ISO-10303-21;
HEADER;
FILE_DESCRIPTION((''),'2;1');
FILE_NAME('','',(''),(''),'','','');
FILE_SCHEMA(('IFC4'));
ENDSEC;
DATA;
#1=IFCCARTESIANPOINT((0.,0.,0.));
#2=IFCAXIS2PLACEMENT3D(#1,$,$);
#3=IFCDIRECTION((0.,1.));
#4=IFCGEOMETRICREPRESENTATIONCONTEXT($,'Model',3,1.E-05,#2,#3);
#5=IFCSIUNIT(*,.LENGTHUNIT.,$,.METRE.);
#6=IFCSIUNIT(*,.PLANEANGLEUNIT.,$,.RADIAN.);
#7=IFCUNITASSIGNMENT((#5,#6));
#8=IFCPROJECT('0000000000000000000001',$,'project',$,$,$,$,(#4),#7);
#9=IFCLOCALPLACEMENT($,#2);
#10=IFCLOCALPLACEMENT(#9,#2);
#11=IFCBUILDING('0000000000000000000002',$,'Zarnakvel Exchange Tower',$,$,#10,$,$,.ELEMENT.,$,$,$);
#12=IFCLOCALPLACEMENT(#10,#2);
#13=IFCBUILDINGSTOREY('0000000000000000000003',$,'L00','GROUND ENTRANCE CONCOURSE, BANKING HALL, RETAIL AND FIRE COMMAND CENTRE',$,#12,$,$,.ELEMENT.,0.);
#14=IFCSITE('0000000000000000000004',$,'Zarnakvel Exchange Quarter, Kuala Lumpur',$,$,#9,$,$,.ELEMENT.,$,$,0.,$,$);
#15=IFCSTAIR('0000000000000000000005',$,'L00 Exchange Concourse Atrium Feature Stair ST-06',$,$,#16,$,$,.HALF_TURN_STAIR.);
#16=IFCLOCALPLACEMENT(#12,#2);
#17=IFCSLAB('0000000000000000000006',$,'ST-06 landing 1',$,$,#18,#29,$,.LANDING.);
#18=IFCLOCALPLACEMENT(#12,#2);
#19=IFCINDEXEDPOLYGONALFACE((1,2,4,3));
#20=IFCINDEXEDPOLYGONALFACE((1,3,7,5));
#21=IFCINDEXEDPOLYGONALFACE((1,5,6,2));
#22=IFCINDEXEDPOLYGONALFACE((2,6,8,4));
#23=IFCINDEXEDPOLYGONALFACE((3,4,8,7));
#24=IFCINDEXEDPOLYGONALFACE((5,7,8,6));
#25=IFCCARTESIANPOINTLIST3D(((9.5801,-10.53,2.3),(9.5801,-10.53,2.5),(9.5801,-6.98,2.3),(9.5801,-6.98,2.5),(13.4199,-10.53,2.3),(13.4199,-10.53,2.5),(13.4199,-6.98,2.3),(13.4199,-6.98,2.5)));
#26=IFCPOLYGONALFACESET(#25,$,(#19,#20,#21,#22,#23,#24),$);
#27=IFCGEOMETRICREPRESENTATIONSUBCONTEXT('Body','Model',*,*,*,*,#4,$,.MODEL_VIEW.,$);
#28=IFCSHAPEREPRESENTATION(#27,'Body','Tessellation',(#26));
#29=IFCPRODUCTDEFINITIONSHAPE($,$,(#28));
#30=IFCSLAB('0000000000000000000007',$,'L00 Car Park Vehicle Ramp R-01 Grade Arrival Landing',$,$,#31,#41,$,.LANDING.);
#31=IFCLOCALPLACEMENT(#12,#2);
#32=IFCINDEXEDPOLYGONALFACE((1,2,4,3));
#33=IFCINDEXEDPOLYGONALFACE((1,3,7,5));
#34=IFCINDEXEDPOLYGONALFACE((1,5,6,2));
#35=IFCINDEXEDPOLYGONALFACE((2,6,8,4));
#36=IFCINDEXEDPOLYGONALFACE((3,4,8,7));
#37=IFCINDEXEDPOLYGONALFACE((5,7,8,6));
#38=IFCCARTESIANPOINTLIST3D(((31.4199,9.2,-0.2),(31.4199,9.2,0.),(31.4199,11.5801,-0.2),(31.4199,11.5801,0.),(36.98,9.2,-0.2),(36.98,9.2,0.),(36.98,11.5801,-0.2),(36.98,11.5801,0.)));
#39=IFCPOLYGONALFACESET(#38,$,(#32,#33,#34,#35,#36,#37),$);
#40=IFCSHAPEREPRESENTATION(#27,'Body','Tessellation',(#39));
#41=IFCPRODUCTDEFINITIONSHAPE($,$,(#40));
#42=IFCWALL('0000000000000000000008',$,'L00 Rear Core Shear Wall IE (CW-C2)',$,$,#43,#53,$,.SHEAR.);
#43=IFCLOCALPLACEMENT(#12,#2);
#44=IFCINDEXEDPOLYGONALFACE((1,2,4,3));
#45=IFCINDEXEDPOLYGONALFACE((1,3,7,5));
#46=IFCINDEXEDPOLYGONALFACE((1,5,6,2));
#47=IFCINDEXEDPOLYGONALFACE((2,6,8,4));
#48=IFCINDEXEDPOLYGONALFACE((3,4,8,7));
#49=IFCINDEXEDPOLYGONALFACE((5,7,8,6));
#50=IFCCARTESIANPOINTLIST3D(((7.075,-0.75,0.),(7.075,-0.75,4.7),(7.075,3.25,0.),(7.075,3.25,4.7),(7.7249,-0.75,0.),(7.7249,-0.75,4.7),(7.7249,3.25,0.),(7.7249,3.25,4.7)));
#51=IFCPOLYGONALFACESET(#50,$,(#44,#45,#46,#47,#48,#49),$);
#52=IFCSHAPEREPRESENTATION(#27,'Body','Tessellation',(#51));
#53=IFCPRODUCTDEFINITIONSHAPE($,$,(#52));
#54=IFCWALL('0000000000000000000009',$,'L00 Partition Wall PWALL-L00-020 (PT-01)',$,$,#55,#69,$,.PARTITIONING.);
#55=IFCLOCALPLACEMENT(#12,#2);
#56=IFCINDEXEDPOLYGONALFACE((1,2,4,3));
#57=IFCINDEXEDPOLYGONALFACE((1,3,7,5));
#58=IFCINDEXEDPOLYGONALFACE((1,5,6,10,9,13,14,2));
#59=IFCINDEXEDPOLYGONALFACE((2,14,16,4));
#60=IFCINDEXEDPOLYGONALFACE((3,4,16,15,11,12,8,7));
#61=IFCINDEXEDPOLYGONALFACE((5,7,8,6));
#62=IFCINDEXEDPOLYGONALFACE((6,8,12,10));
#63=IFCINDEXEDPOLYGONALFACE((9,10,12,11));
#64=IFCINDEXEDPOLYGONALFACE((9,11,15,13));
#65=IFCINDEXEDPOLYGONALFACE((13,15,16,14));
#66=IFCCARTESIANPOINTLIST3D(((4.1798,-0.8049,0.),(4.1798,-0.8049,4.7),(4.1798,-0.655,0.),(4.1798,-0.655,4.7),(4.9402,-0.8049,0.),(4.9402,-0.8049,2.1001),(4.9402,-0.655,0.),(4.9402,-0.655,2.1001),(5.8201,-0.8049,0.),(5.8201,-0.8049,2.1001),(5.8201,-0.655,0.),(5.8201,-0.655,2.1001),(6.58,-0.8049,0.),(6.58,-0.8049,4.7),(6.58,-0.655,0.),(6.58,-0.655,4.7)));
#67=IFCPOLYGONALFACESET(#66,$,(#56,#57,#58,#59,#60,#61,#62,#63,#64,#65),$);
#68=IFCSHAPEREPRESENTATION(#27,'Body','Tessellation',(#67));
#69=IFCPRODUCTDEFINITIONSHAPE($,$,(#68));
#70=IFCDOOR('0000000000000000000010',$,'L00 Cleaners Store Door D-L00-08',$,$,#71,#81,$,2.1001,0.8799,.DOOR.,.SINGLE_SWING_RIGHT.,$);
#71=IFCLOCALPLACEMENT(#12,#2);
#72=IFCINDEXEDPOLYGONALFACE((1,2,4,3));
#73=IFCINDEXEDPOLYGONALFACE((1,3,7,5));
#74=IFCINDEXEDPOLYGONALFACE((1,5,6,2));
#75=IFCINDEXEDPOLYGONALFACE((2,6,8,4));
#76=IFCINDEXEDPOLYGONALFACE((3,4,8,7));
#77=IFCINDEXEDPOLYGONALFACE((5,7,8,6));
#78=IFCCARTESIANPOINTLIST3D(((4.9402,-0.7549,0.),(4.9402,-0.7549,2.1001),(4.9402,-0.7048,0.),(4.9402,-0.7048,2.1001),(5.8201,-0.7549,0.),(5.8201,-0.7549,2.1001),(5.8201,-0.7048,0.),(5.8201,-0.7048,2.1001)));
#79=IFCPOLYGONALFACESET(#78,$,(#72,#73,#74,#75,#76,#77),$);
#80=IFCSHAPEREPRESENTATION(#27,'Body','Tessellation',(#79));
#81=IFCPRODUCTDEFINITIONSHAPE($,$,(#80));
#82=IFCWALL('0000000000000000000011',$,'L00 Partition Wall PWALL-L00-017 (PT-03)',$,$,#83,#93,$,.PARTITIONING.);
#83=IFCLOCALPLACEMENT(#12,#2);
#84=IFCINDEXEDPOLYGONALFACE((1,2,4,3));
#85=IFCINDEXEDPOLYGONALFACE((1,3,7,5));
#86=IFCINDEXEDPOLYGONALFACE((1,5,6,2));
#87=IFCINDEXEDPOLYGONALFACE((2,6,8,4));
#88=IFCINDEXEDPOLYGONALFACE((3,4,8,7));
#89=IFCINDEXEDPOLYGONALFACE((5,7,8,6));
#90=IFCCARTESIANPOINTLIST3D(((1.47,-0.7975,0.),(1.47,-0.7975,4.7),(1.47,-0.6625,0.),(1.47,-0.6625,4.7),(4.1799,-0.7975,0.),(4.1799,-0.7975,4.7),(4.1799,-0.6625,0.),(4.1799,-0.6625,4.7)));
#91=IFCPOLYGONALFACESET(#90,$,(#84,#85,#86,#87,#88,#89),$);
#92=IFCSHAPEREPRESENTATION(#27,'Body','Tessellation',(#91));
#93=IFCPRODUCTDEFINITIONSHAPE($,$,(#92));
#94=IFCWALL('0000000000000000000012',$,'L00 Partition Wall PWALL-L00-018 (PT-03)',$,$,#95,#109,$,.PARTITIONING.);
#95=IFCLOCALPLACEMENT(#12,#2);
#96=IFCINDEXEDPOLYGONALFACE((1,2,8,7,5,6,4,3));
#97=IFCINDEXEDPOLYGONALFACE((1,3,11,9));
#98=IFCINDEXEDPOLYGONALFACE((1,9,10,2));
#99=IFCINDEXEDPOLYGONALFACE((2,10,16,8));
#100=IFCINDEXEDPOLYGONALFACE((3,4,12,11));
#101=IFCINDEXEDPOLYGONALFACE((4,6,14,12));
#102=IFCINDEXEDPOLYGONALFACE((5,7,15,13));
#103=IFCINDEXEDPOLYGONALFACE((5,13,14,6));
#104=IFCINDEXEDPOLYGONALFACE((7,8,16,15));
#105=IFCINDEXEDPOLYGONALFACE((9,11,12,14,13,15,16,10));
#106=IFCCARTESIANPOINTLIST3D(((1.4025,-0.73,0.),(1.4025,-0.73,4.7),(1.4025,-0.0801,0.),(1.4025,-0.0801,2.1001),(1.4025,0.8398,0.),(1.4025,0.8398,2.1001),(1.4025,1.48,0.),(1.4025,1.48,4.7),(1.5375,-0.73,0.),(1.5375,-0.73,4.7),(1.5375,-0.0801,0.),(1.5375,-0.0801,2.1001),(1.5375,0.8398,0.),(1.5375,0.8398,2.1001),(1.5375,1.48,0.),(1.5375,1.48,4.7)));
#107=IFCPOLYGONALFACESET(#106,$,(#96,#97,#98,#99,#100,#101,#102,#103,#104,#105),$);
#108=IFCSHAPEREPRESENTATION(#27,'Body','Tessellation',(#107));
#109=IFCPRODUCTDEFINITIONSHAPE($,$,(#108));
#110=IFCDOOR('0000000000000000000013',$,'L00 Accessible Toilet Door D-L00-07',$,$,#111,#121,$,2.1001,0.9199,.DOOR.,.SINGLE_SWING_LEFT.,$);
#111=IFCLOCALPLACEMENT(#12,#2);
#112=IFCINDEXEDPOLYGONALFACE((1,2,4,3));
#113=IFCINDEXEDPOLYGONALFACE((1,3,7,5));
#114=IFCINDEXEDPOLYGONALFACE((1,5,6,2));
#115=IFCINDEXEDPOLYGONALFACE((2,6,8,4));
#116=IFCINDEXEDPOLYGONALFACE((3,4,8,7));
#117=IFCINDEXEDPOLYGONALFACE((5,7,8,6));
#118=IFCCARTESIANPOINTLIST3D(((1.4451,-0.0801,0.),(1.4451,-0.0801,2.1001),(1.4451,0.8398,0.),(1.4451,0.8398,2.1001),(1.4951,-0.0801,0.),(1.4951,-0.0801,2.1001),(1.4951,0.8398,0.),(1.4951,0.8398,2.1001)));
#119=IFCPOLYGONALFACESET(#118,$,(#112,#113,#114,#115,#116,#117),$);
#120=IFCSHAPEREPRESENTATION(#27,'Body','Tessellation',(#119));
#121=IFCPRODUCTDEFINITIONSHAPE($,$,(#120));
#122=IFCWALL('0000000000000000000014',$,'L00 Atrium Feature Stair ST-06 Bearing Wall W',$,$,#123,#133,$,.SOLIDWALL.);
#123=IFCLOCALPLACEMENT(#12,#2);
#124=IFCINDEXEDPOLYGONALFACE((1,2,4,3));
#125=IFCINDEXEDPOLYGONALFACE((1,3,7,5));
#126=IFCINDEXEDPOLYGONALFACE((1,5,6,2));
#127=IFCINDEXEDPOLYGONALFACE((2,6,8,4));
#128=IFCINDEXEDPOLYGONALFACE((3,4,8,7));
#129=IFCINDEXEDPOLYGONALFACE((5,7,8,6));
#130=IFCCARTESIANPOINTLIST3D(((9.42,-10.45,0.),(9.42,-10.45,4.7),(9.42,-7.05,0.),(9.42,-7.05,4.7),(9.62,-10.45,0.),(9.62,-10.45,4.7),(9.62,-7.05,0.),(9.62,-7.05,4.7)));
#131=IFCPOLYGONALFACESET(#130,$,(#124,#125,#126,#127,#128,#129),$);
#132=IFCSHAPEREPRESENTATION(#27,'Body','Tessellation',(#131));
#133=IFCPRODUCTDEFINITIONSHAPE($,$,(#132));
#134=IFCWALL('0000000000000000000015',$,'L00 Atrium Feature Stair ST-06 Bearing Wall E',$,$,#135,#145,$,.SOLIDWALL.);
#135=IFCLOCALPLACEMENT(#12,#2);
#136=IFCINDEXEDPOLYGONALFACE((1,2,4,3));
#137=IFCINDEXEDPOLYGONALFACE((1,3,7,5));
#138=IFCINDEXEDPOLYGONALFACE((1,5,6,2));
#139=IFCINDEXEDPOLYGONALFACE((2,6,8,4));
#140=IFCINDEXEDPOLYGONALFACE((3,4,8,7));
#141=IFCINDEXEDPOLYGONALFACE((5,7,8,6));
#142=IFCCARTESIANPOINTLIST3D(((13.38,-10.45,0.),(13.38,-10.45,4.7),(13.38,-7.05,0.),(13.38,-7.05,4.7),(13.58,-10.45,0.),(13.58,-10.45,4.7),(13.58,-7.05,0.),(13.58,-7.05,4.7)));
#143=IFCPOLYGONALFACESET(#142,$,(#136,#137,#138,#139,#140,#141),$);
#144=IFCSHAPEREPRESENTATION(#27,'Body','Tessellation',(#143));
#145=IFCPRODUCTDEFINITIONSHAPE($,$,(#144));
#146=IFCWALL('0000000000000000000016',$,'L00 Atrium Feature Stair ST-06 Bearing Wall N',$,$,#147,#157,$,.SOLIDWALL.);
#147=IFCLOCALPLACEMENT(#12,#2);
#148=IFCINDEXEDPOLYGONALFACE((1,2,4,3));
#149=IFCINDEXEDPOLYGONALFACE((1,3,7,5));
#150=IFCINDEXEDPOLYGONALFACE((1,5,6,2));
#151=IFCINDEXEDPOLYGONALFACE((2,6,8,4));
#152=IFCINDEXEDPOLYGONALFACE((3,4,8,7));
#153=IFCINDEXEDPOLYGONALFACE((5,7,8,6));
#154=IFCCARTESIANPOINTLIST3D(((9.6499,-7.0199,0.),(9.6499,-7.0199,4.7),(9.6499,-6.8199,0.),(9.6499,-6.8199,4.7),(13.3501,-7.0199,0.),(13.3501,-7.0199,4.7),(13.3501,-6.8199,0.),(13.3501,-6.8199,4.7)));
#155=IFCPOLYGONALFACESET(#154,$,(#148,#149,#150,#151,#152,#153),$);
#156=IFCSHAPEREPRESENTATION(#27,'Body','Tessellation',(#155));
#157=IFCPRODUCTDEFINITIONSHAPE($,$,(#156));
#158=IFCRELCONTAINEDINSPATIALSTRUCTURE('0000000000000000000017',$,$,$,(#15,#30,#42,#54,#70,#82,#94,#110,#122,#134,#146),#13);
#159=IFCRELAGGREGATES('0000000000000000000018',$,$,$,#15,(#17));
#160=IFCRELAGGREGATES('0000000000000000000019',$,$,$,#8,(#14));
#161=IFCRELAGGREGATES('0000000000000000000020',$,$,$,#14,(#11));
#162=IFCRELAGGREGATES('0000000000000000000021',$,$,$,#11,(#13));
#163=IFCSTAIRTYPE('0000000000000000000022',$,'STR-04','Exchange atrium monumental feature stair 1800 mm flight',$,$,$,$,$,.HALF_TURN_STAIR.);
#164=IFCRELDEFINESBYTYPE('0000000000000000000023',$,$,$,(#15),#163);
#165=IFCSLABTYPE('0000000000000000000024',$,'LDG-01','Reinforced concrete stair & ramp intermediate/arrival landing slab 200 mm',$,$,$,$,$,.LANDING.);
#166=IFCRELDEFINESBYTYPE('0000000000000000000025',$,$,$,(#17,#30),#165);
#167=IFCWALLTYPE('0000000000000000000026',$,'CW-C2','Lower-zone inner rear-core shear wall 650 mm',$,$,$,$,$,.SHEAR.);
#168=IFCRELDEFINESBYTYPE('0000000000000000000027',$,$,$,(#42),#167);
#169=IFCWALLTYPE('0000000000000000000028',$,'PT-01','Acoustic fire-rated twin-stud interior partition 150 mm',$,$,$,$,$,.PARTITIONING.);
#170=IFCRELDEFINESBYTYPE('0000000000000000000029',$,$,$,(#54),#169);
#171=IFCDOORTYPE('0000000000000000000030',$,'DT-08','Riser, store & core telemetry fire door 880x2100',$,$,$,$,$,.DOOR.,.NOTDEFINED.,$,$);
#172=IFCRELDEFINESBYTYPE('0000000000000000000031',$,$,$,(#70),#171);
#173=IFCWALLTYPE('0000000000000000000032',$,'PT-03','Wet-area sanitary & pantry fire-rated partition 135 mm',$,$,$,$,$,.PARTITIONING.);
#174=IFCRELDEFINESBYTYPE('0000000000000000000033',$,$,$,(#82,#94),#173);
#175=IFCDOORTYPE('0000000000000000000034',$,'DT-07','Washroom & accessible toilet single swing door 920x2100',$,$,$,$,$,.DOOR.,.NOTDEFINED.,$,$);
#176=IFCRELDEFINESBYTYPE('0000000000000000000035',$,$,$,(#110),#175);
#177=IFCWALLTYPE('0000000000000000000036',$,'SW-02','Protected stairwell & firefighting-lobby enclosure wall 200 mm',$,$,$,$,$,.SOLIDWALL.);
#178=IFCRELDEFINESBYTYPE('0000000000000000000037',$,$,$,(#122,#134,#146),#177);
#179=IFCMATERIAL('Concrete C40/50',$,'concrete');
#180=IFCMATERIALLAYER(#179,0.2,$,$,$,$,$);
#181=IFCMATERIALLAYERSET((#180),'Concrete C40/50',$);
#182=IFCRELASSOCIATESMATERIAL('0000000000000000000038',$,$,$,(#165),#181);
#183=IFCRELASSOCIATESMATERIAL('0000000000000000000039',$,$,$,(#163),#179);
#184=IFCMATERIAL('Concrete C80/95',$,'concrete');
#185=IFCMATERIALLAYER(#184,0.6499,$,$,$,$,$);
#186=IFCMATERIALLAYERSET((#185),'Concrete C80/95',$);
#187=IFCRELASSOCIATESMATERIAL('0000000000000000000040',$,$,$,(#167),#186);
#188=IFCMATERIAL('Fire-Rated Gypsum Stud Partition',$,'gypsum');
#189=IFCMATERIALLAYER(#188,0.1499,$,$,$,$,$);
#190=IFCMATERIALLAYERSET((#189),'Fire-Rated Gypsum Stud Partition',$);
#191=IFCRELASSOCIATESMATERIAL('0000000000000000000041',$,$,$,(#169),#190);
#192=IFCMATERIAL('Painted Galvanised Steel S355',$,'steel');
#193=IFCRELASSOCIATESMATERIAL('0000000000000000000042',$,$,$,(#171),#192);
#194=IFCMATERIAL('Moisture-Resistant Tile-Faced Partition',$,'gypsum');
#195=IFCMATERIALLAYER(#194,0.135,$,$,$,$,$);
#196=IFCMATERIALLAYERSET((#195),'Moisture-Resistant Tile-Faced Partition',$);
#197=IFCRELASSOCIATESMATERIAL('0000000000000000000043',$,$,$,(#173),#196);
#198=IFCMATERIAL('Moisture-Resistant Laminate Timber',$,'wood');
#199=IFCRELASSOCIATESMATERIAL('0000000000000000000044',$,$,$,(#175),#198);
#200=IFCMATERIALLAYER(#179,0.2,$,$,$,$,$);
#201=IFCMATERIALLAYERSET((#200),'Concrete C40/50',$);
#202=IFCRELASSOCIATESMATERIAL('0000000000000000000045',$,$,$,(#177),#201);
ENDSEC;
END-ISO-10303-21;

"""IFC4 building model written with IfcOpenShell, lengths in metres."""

from ifc_helpers import new_model, si_unit, direction, frame, frame_2d, origin, place, context, subcontext, project, spatial, polyline, rectangle, outline, extrude, source, transform, mapped, material, layer, layer_set, type_object, element, fill, aggregate, save


model = new_model("IFC4")

# Units and contexts
model_context = context("Model", 3, precision=1e-05, world=origin(), true_north=direction((0.0, 1.0)))
body_context = subcontext(model_context, "Body", "Model", "MODEL_VIEW")
ifc_project = project(units=[si_unit("LENGTHUNIT", "METRE"), si_unit("PLANEANGLEUNIT", "RADIAN")], contexts=[model_context])

# Site, building, storey
site_placement = place(None, origin())
site = spatial("IfcSite", under=ifc_project, at=site_placement, Name="Zarnakvel Exchange Quarter, Kuala Lumpur", CompositionType="ELEMENT", RefElevation=0.0)
building_placement = place(site_placement, origin())
building = spatial("IfcBuilding", under=site, at=building_placement, Name="Zarnakvel Exchange Tower", CompositionType="ELEMENT")
storey_placement = place(building_placement, origin())
storey = spatial("IfcBuildingStorey", under=building, at=storey_placement, Name="L00", Description="GROUND ENTRANCE CONCOURSE, BANKING HALL, RETAIL AND FIRE COMMAND CENTRE", CompositionType="ELEMENT", Elevation=0.0)

# Shared definitions
ifc_material_1 = material(Name="Concrete C80/95", Category="concrete")

# Shared definitions
ifc_material_2 = material(Name="Concrete C40/50", Category="concrete")

# Stair, slab
ifc_layer_1 = layer(ifc_material_2, 0.2)
ifc_layer_set_1 = layer_set([ifc_layer_1], Name="Concrete C40/50")
slab_type_1 = type_object("IfcSlabType", Name="LDG-01", Description="Reinforced concrete stair & ramp intermediate/arrival landing slab 200 mm", PredefinedType="LANDING", material=ifc_layer_set_1)
stair_type_1 = type_object("IfcStairType", Name="STR-04", Description="Exchange atrium monumental feature stair 1800 mm flight", PredefinedType="HALF_TURN_STAIR", material=ifc_material_2)
stair_1_placement = place(storey_placement, origin())
stair_1 = element("IfcStair", 1, at=stair_1_placement, inside=storey, type_object=stair_type_1, Name="L00 Exchange Concourse Atrium Feature Stair ST-06", PredefinedType="HALF_TURN_STAIR")
slab_1_placement = place(storey_placement, frame((0.0, 0.0, 2.3)))
slab_1 = element("IfcSlab", 2, at=slab_1_placement, type_object=slab_type_1, Name="ST-06 landing 1", PredefinedType="LANDING", context=body_context, shape_type="SweptSolid", body=[
    extrude(outline(polyline([(9.5801, -10.53), (13.4199, -10.53), (13.4199, -6.98), (9.5801, -6.98), (9.5801, -10.53)])), origin(), (0.0, 0.0, 1.0), 0.2),
])
aggregate(stair_1, [slab_1])

# Slab
slab_2_placement = place(storey_placement, frame((0.0, 0.0, -0.2)))
element("IfcSlab", 3, at=slab_2_placement, inside=storey, type_object=slab_type_1, Name="L00 Car Park Vehicle Ramp R-01 Grade Arrival Landing", PredefinedType="LANDING", context=body_context, shape_type="SweptSolid", body=[
    extrude(outline(polyline([(31.4199, 9.2), (36.98, 9.2), (36.98, 11.5801), (31.4199, 11.5801), (31.4199, 9.2)])), origin(), (0.0, 0.0, 1.0), 0.2),
])

# Shared definitions
ifc_material_3 = material(Name="Painted Galvanised Steel S355", Category="steel")

# Wall
ifc_layer_2 = layer(ifc_material_1, 0.6499)
ifc_layer_set_2 = layer_set([ifc_layer_2], Name="Concrete C80/95")
wall_type_1 = type_object("IfcWallType", Name="CW-C2", Description="Lower-zone inner rear-core shear wall 650 mm", PredefinedType="SHEAR", material=ifc_layer_set_2)
wall_1_placement = place(storey_placement, frame((7.3999, -0.75, 0.0), z_axis=(0.0, 0.0, 1.0), x_axis=(0.0, 1.0, 0.0)))
element("IfcWall", 4, at=wall_1_placement, inside=storey, type_object=wall_type_1, Name="L00 Rear Core Shear Wall IE (CW-C2)", PredefinedType="SHEAR", context=body_context, shape_type="SweptSolid", body=[
    extrude(rectangle(XDim=4.0, YDim=0.6499, at=frame_2d((2.0, 0.0))), origin(), (0.0, 0.0, 1.0), 4.7),
])

# Wall, opening, door
ifc_material_4 = material(Name="Fire-Rated Gypsum Stud Partition", Category="gypsum")
ifc_layer_3 = layer(ifc_material_4, 0.1499)
ifc_layer_set_3 = layer_set([ifc_layer_3], Name="Fire-Rated Gypsum Stud Partition")
wall_type_2 = type_object("IfcWallType", Name="PT-01", Description="Acoustic fire-rated twin-stud interior partition 150 mm", PredefinedType="PARTITIONING", material=ifc_layer_set_3)
wall_2_placement = place(storey_placement, frame((6.5801, -0.73, 0.0), z_axis=(0.0, 0.0, 1.0), x_axis=(-1.0, 0.0, 0.0)))
wall_2 = element("IfcWall", 5, at=wall_2_placement, inside=storey, type_object=wall_type_2, Name="L00 Partition Wall PWALL-L00-020 (PT-01)", PredefinedType="PARTITIONING", context=body_context, shape_type="SweptSolid", body=[
    extrude(rectangle(XDim=2.4001, YDim=0.1499, at=frame_2d((1.2002, 0.0))), origin(), (0.0, 0.0, 1.0), 4.7),
])
opening_1_placement = place(wall_2_placement, frame((0.76, 0.0, 0.0)))
opening_1 = element("IfcOpeningElement", 6, at=opening_1_placement, cuts=wall_2, PredefinedType="OPENING", context=body_context, shape_type="SweptSolid", body=[
    extrude(rectangle(XDim=0.8799, YDim=2.1001, at=frame_2d((0.4399, 1.05))), frame((0.0, 0.085, 0.0), z_axis=(0.0, -1.0, 0.0), x_axis=(1.0, 0.0, 0.0)), (0.0, 0.0, 1.0), 0.1699),
])
door_type_1 = type_object("IfcDoorType", Name="DT-08", Description="Riser, store & core telemetry fire door 880x2100", OperationType="NOTDEFINED", PredefinedType="DOOR", material=ifc_material_3)
shared_shape_1 = source(origin(), body_context, "Body", "SweptSolid", [
    extrude(rectangle(XDim=0.8799, YDim=2.1001, at=frame_2d((0.4399, 1.05))), frame((0.0, 0.0249, 0.0), z_axis=(0.0, -1.0, 0.0), x_axis=(1.0, 0.0, 0.0)), (0.0, 0.0, 1.0), 0.05),
])
door_1_placement = place(opening_1_placement, origin())
door_1 = element("IfcDoor", 7, at=door_1_placement, inside=storey, type_object=door_type_1, Name="L00 Cleaners Store Door D-L00-08", OperationType="SINGLE_SWING_RIGHT", OverallHeight=2.1001, OverallWidth=0.8799, PredefinedType="DOOR", context=body_context, shape_type="MappedRepresentation", body=[
    mapped(shared_shape_1, transform((0.0, 0.0, 0.0), x_axis=(1.0, 0.0, 0.0), y_axis=(0.0, 1.0, 0.0), z_axis=(0.0, 0.0, 1.0), scale=1.0)),
])
fill(opening_1, door_1)

# Wall
ifc_material_5 = material(Name="Moisture-Resistant Tile-Faced Partition", Category="gypsum")
ifc_layer_4 = layer(ifc_material_5, 0.135)
ifc_layer_set_4 = layer_set([ifc_layer_4], Name="Moisture-Resistant Tile-Faced Partition")
wall_type_3 = type_object("IfcWallType", Name="PT-03", Description="Wet-area sanitary & pantry fire-rated partition 135 mm", PredefinedType="PARTITIONING", material=ifc_layer_set_4)
wall_3_placement = place(storey_placement, frame((4.1799, -0.73, 0.0), z_axis=(0.0, 0.0, 1.0), x_axis=(-1.0, 0.0, 0.0)))
element("IfcWall", 8, at=wall_3_placement, inside=storey, type_object=wall_type_3, Name="L00 Partition Wall PWALL-L00-017 (PT-03)", PredefinedType="PARTITIONING", context=body_context, shape_type="SweptSolid", body=[
    extrude(rectangle(XDim=2.71, YDim=0.135, at=frame_2d((1.355, 0.0))), origin(), (0.0, 0.0, 1.0), 4.7),
])

# Wall, opening, door
wall_4_placement = place(storey_placement, frame((1.47, -0.73, 0.0), z_axis=(0.0, 0.0, 1.0), x_axis=(0.0, 1.0, 0.0)))
wall_4 = element("IfcWall", 9, at=wall_4_placement, inside=storey, type_object=wall_type_3, Name="L00 Partition Wall PWALL-L00-018 (PT-03)", PredefinedType="PARTITIONING", context=body_context, shape_type="SweptSolid", body=[
    extrude(rectangle(XDim=2.21, YDim=0.135, at=frame_2d((1.105, 0.0))), origin(), (0.0, 0.0, 1.0), 4.7),
])
opening_2_placement = place(wall_4_placement, frame((0.6499, 0.0, 0.0)))
opening_2 = element("IfcOpeningElement", 10, at=opening_2_placement, cuts=wall_4, PredefinedType="OPENING", context=body_context, shape_type="SweptSolid", body=[
    extrude(rectangle(XDim=0.9199, YDim=2.1001, at=frame_2d((0.46, 1.05))), frame((0.0, 0.0774, 0.0), z_axis=(0.0, -1.0, 0.0), x_axis=(1.0, 0.0, 0.0)), (0.0, 0.0, 1.0), 0.155),
])
ifc_material_6 = material(Name="Moisture-Resistant Laminate Timber", Category="wood")
door_type_2 = type_object("IfcDoorType", Name="DT-07", Description="Washroom & accessible toilet single swing door 920x2100", OperationType="NOTDEFINED", PredefinedType="DOOR", material=ifc_material_6)
shared_shape_2 = source(origin(), body_context, "Body", "SweptSolid", [
    extrude(rectangle(XDim=0.9199, YDim=2.1001, at=frame_2d((0.46, 1.05))), frame((0.0, 0.0249, 0.0), z_axis=(0.0, -1.0, 0.0), x_axis=(1.0, 0.0, 0.0)), (0.0, 0.0, 1.0), 0.05),
])
door_2_placement = place(opening_2_placement, origin())
door_2 = element("IfcDoor", 11, at=door_2_placement, inside=storey, type_object=door_type_2, Name="L00 Accessible Toilet Door D-L00-07", OperationType="SINGLE_SWING_LEFT", OverallHeight=2.1001, OverallWidth=0.9199, PredefinedType="DOOR", context=body_context, shape_type="MappedRepresentation", body=[
    mapped(shared_shape_2, transform((0.0, 0.0, 0.0), x_axis=(1.0, 0.0, 0.0), y_axis=(0.0, 1.0, 0.0), z_axis=(0.0, 0.0, 1.0), scale=1.0)),
])
fill(opening_2, door_2)

# Walls
ifc_layer_5 = layer(ifc_material_2, 0.2)
ifc_layer_set_5 = layer_set([ifc_layer_5], Name="Concrete C40/50")
wall_type_4 = type_object("IfcWallType", Name="SW-02", Description="Protected stairwell & firefighting-lobby enclosure wall 200 mm", PredefinedType="SOLIDWALL", material=ifc_layer_set_5)
for number, where, z_axis, x_axis, name in (
    (12, (9.52, -10.45, 0.0), (0.0, 0.0, 1.0), (0.0, 1.0, 0.0), "L00 Atrium Feature Stair ST-06 Bearing Wall W"),
    (13, (13.48, -7.05, 0.0), (0.0, 0.0, 1.0), (0.0, -1.0, 0.0), "L00 Atrium Feature Stair ST-06 Bearing Wall E"),
):
    element("IfcWall", number, at=place(storey_placement, frame(where, z_axis=z_axis, x_axis=x_axis)), inside=storey, type_object=wall_type_4, Name=name, PredefinedType="SOLIDWALL", context=body_context, shape_type="SweptSolid", body=[
        extrude(rectangle(XDim=3.3999, YDim=0.2, at=frame_2d((1.7, 0.0))), origin(), (0.0, 0.0, 1.0), 4.7),
    ])
wall_5_placement = place(storey_placement, frame((9.6499, -6.9199, 0.0), z_axis=(0.0, 0.0, 1.0), x_axis=(1.0, 0.0, 0.0)))
element("IfcWall", 14, at=wall_5_placement, inside=storey, type_object=wall_type_4, Name="L00 Atrium Feature Stair ST-06 Bearing Wall N", PredefinedType="SOLIDWALL", context=body_context, shape_type="SweptSolid", body=[
    extrude(rectangle(XDim=3.7002, YDim=0.2, at=frame_2d((1.8501, 0.0))), origin(), (0.0, 0.0, 1.0), 4.7),
])

save(model, "model.ifc")
